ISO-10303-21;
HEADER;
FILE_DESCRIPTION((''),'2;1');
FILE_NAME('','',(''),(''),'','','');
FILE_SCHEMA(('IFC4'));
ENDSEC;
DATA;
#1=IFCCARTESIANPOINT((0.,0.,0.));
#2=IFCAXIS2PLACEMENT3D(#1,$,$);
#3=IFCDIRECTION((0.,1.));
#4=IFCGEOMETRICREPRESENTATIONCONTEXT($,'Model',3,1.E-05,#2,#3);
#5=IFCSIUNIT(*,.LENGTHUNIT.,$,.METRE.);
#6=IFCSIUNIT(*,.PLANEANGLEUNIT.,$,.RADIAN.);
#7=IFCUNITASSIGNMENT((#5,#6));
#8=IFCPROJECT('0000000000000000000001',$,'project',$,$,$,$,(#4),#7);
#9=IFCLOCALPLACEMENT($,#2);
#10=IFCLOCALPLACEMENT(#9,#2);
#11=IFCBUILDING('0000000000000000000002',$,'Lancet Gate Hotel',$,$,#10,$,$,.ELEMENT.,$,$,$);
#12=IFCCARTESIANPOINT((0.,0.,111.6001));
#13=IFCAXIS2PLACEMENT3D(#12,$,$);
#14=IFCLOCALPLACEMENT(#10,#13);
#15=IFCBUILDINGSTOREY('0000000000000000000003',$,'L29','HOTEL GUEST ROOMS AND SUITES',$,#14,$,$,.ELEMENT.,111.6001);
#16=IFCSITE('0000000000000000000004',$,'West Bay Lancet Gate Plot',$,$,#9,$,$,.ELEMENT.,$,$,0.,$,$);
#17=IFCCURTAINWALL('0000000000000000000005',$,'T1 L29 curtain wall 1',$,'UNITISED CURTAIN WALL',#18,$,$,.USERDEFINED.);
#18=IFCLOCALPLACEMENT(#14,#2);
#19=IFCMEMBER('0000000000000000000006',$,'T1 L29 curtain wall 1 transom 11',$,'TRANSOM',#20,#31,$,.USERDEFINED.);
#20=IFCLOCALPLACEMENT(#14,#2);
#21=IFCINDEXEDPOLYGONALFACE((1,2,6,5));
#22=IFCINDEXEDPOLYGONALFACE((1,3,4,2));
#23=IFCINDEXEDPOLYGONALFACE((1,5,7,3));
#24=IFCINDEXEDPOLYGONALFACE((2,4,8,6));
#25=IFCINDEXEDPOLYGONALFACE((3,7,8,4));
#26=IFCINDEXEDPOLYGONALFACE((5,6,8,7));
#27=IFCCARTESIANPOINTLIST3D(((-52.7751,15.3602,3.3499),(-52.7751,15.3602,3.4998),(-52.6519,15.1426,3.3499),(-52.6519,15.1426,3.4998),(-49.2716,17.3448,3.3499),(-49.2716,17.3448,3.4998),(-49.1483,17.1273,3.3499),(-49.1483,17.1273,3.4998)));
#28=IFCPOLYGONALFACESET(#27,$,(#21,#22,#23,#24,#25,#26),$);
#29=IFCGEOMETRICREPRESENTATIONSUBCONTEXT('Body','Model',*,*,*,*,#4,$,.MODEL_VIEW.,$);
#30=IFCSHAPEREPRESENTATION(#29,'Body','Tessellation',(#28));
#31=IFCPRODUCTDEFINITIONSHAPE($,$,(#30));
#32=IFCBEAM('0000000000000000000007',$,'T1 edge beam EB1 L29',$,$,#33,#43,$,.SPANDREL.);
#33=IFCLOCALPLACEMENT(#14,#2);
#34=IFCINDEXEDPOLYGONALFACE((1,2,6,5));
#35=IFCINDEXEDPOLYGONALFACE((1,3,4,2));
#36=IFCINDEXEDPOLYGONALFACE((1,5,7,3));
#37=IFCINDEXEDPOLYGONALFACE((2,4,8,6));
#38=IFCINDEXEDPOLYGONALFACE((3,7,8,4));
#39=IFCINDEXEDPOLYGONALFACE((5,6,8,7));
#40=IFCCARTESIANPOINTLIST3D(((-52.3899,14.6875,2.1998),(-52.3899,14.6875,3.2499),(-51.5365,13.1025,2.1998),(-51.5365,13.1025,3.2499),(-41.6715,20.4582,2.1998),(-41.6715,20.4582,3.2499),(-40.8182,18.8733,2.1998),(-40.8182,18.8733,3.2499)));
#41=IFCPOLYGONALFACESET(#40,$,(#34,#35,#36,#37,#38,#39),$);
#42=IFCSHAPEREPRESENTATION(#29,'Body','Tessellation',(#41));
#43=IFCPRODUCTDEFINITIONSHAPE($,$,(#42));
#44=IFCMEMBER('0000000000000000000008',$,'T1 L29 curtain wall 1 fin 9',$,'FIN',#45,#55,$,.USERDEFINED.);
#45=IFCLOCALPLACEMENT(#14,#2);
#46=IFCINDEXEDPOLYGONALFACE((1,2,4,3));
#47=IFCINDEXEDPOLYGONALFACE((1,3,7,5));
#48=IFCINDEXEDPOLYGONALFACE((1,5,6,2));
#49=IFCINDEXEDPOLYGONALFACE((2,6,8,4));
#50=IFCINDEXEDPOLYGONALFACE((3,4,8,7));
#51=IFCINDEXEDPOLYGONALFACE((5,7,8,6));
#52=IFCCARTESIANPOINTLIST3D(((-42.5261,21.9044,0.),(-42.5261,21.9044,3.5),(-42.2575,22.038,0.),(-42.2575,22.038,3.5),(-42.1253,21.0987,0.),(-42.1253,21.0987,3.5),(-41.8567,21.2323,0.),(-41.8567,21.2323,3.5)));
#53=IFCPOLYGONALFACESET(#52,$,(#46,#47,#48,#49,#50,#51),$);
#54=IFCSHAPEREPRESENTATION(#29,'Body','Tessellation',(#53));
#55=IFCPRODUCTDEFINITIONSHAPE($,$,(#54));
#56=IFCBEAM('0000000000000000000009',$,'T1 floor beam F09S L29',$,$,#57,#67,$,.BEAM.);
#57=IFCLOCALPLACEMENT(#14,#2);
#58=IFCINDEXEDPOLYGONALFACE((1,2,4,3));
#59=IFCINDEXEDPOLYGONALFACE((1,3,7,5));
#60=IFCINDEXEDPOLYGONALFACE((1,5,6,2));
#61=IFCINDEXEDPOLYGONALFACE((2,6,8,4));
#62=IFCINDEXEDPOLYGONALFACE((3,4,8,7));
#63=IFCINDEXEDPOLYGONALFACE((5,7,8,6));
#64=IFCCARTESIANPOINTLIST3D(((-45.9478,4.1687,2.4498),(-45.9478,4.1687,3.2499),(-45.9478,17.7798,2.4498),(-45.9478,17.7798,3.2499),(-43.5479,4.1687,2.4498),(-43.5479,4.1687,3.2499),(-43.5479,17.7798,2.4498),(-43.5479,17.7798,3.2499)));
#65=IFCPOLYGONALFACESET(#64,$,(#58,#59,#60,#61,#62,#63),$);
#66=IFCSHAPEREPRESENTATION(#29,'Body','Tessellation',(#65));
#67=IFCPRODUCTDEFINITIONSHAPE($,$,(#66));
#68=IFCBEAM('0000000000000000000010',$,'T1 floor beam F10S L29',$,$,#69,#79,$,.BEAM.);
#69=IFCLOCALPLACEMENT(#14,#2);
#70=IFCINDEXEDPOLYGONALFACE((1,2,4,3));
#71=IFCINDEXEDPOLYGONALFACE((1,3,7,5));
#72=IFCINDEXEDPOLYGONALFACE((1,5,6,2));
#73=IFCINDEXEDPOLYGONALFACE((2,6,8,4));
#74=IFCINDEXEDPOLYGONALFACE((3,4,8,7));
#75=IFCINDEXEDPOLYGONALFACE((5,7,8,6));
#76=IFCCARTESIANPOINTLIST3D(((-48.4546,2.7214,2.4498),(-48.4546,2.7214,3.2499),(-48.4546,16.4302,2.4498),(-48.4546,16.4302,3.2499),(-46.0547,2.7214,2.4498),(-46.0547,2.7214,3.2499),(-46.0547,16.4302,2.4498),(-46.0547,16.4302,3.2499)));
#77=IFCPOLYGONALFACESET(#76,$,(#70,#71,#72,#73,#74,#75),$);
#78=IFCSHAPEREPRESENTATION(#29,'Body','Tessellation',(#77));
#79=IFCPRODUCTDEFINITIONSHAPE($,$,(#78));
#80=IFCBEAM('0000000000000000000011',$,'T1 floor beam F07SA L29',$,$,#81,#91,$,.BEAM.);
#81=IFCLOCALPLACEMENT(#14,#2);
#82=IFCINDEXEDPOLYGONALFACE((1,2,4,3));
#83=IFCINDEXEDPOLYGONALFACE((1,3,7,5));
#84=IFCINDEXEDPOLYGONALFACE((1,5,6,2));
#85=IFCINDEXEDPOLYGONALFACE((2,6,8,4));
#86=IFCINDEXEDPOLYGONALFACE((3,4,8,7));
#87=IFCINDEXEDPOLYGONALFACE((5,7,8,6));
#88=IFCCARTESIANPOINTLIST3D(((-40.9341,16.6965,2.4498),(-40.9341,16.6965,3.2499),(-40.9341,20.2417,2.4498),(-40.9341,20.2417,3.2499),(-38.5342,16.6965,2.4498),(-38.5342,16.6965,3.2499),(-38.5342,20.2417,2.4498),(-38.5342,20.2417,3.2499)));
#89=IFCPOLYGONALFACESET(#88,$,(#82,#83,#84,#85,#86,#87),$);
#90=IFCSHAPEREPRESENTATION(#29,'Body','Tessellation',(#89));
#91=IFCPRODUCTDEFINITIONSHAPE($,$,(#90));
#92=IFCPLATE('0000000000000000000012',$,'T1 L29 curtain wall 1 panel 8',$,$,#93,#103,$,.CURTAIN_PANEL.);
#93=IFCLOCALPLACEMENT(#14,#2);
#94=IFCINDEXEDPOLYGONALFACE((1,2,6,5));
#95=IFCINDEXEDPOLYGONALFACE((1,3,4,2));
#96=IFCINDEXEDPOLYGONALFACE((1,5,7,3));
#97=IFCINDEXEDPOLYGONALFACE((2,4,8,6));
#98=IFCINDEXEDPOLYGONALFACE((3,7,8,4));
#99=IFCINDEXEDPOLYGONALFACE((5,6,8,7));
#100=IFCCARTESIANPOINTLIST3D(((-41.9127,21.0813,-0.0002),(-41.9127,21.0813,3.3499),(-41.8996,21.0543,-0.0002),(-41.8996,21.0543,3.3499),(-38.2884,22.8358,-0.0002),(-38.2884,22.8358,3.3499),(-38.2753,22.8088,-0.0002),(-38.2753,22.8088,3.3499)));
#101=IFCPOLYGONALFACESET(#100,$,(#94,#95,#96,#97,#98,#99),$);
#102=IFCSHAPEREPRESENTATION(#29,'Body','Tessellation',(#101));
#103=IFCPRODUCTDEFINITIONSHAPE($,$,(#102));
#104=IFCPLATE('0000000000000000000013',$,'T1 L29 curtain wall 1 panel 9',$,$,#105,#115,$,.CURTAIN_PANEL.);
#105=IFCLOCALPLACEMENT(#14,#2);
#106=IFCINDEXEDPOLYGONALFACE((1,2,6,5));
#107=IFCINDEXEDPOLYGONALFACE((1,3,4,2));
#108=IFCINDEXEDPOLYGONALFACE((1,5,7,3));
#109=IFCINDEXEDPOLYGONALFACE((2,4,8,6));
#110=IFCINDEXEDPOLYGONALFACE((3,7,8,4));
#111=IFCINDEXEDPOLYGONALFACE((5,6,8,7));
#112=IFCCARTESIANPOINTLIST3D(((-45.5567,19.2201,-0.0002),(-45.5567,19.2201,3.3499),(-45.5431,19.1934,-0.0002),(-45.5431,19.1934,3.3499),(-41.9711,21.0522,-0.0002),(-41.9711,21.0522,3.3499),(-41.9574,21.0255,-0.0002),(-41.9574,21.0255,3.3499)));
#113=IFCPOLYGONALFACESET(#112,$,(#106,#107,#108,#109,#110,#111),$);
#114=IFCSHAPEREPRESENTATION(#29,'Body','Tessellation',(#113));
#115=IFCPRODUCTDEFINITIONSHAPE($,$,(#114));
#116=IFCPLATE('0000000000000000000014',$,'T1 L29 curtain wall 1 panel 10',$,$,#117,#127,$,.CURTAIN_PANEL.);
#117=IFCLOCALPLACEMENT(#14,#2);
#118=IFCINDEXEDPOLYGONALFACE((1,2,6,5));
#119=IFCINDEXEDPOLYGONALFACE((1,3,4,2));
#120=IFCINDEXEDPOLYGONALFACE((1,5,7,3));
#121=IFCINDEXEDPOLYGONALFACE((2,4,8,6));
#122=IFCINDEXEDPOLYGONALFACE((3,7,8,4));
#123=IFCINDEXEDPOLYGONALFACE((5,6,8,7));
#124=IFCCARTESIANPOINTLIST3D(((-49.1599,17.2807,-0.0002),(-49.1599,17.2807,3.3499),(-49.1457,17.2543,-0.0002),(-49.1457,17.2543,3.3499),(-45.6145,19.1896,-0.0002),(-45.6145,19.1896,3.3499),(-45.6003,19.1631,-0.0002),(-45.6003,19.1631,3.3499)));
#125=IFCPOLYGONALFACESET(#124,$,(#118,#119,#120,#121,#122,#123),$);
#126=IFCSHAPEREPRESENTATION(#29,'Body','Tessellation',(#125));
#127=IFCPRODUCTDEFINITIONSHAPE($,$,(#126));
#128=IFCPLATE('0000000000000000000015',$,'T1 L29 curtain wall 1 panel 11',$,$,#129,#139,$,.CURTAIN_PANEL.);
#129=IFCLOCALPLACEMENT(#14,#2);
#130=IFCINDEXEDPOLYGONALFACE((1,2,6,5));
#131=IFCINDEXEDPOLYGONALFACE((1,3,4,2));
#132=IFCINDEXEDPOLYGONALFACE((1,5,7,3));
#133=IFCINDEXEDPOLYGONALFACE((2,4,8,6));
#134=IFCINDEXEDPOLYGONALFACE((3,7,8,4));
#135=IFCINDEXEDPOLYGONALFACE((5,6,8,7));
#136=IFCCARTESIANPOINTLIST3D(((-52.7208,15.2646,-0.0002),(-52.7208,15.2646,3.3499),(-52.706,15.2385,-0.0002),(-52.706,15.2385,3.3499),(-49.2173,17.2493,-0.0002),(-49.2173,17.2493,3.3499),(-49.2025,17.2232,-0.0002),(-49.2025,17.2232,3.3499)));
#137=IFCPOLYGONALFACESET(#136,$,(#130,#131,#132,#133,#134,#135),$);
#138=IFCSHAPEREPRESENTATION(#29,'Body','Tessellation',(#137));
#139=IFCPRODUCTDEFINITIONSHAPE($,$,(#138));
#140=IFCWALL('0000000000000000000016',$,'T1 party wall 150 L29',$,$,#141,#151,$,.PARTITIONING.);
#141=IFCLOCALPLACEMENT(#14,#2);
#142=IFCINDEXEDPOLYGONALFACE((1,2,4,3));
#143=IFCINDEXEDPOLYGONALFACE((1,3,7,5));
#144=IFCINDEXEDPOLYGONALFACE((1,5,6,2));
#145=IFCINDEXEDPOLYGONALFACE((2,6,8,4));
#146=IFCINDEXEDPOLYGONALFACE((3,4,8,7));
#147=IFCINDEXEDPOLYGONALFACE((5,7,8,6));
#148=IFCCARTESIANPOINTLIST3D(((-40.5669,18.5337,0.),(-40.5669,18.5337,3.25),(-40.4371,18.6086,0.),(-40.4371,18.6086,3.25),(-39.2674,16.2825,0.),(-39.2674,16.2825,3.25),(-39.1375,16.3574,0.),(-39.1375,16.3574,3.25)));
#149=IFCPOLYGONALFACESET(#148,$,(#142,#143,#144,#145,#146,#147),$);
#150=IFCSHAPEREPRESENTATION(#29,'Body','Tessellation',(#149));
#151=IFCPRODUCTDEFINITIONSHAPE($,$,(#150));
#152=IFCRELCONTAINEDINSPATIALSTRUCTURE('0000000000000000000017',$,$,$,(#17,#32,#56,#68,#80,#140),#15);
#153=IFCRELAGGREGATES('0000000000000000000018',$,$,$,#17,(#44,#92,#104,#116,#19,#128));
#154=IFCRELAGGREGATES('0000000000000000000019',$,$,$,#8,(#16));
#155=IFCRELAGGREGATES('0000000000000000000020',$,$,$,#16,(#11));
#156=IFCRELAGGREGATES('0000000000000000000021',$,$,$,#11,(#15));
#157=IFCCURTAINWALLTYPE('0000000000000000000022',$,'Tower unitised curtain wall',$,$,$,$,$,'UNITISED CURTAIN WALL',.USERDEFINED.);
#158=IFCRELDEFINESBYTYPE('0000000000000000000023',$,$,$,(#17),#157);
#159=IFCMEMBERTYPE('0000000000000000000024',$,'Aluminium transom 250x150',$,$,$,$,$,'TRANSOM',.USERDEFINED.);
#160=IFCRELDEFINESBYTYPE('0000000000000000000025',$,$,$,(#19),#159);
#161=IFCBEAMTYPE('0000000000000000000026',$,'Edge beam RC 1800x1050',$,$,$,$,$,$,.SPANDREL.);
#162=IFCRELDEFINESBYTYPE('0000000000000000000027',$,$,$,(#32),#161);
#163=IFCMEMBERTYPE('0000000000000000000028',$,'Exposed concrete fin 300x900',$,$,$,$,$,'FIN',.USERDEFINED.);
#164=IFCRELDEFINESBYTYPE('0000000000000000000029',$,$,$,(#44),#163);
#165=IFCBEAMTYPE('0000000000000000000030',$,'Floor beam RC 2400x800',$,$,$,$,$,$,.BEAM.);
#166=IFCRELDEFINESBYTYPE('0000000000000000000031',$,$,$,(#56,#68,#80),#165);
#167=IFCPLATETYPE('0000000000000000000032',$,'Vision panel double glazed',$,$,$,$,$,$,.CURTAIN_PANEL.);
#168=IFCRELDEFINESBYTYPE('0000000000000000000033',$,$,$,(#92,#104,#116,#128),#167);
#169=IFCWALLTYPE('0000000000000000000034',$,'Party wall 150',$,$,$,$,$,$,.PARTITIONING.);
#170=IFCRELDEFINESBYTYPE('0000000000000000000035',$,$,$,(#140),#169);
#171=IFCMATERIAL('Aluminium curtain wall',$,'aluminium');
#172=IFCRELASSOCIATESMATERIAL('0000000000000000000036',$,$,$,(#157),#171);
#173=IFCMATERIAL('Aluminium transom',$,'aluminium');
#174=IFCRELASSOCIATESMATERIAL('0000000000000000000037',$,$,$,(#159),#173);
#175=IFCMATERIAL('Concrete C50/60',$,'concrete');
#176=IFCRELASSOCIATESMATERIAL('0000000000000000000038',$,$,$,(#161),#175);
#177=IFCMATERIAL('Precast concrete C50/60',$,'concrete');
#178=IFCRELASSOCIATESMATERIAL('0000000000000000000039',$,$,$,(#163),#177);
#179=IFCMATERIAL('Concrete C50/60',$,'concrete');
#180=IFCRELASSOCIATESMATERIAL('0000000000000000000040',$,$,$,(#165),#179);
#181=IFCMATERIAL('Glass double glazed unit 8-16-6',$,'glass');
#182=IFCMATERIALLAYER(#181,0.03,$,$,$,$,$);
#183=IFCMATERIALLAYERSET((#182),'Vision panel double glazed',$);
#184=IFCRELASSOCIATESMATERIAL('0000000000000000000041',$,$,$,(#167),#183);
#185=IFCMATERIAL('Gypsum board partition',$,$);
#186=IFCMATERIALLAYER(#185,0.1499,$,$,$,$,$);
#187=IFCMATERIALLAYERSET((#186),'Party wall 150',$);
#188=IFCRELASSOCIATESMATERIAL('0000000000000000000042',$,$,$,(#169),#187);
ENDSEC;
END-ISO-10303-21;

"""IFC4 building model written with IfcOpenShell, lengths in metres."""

from ifc_helpers import new_model, si_unit, direction, frame, frame_2d, origin, origin_2d, place, context, subcontext, project, spatial, rectangle, extrude, material, layer, layer_set, material_profile, profile_set, type_object, element, aggregate, save


model = new_model("IFC4")

# Units and contexts
model_context = context("Model", 3, precision=1e-05, world=origin(), true_north=direction((0.0, 1.0)))
body_context = subcontext(model_context, "Body", "Model", "MODEL_VIEW")
ifc_project = project(units=[si_unit("LENGTHUNIT", "METRE"), si_unit("PLANEANGLEUNIT", "RADIAN")], contexts=[model_context])

# Site, building, storey
site_placement = place(None, origin())
site = spatial("IfcSite", under=ifc_project, at=site_placement, Name="West Bay Lancet Gate Plot", CompositionType="ELEMENT", RefElevation=0.0)
building_placement = place(site_placement, origin())
building = spatial("IfcBuilding", under=site, at=building_placement, Name="Lancet Gate Hotel", CompositionType="ELEMENT")
storey_placement = place(building_placement, frame((0.0, 0.0, 111.6001)))
storey = spatial("IfcBuildingStorey", under=building, at=storey_placement, Name="L29", Description="HOTEL GUEST ROOMS AND SUITES", CompositionType="ELEMENT", Elevation=111.6001)

# Curtain wall, member
ifc_material_1 = material(Name="Aluminium curtain wall", Category="aluminium")
curtain_wall_type = type_object("IfcCurtainWallType", Name="Tower unitised curtain wall", ElementType="UNITISED CURTAIN WALL", PredefinedType="USERDEFINED", material=ifc_material_1)
curtain_wall_placement = place(storey_placement, origin())
curtain_wall = element("IfcCurtainWall", 1, at=curtain_wall_placement, inside=storey, type_object=curtain_wall_type, Name="T1 L29 curtain wall 1", ObjectType="UNITISED CURTAIN WALL", PredefinedType="USERDEFINED")
ifc_material_2 = material(Name="Aluminium transom", Category="aluminium")
ifc_material_profile_1 = material_profile(ifc_material_2, rectangle(XDim=0.25, YDim=0.1499, at=origin_2d()), Name="TRANSOM 250x150")
ifc_profile_set_1 = profile_set([ifc_material_profile_1], Name="Aluminium transom")
member_type_1 = type_object("IfcMemberType", Name="Aluminium transom 250x150", ElementType="TRANSOM", PredefinedType="USERDEFINED", material=ifc_profile_set_1)
member_1_placement = place(storey_placement, frame((-49.21, 17.2361, 3.4248), z_axis=(-0.870092, -0.49289, 0.0), x_axis=(0.49289, -0.870092, 0.0)))
member_1 = element("IfcMember", 2, at=member_1_placement, type_object=member_type_1, Name="T1 L29 curtain wall 1 transom 11", ObjectType="TRANSOM", PredefinedType="USERDEFINED", context=body_context, shape_type="SweptSolid", body=[
    extrude(rectangle(XDim=0.25, YDim=0.1499, at=origin_2d()), origin(), (0.0, 0.0, 1.0), 4.0266),
])

# Beam
ifc_material_3 = material(Name="Concrete C50/60", Category="concrete")
ifc_material_profile_2 = material_profile(ifc_material_3, rectangle(XDim=1.8, YDim=1.05, at=origin_2d()), Name="RC 1800x1050")
ifc_profile_set_2 = profile_set([ifc_material_profile_2], Name="Concrete C50/60")
beam_type_1 = type_object("IfcBeamType", Name="Edge beam RC 1800x1050", PredefinedType="SPANDREL", material=ifc_profile_set_2)
beam_1_placement = place(storey_placement, frame((-41.2449, 19.6658, 2.7249), z_axis=(-0.880492, -0.47406, 0.0), x_axis=(0.47406, -0.880492, 0.0)))
element("IfcBeam", 3, at=beam_1_placement, inside=storey, type_object=beam_type_1, Name="T1 edge beam EB1 L29", PredefinedType="SPANDREL", context=body_context, shape_type="SweptSolid", body=[
    extrude(rectangle(XDim=1.8, YDim=1.05, at=origin_2d()), origin(), (0.0, 0.0, 1.0), 12.1731),
])

# Member
ifc_material_4 = material(Name="Precast concrete C50/60", Category="concrete")
ifc_material_profile_3 = material_profile(ifc_material_4, rectangle(XDim=0.3, YDim=0.8999, at=origin_2d()), Name="FIN 300x900")
ifc_profile_set_3 = profile_set([ifc_material_profile_3], Name="Precast concrete C50/60")
member_type_2 = type_object("IfcMemberType", Name="Exposed concrete fin 300x900", ElementType="FIN", PredefinedType="USERDEFINED", material=ifc_profile_set_3)
member_2_placement = place(storey_placement, frame((-42.1914, 21.5684, 0.0), z_axis=(0.0, 0.0, 1.0), x_axis=(-0.895339, -0.445384, 0.0)))
member_2 = element("IfcMember", 4, at=member_2_placement, type_object=member_type_2, Name="T1 L29 curtain wall 1 fin 9", ObjectType="FIN", PredefinedType="USERDEFINED", context=body_context, shape_type="SweptSolid", body=[
    extrude(rectangle(XDim=0.3, YDim=0.8999, at=origin_2d()), origin(), (0.0, 0.0, 1.0), 3.5),
])

# Beams
ifc_material_5 = material(Name="Concrete C50/60", Category="concrete")
ifc_material_profile_4 = material_profile(ifc_material_5, rectangle(XDim=2.3999, YDim=0.8, at=origin_2d()), Name="RC 2400x800")
ifc_profile_set_4 = profile_set([ifc_material_profile_4], Name="Concrete C50/60")
beam_type_2 = type_object("IfcBeamType", Name="Floor beam RC 2400x800", PredefinedType="BEAM", material=ifc_profile_set_4)
beam_2_placement = place(storey_placement, frame((-44.7478, 17.7798, 2.8499), z_axis=(0.0, -1.0, 0.0), x_axis=(1.0, 0.0, 0.0)))
element("IfcBeam", 5, at=beam_2_placement, inside=storey, type_object=beam_type_2, Name="T1 floor beam F09S L29", PredefinedType="BEAM", context=body_context, shape_type="SweptSolid", body=[
    extrude(rectangle(XDim=2.3999, YDim=0.8, at=origin_2d()), origin(), (0.0, 0.0, 1.0), 13.6111),
])
beam_3_placement = place(storey_placement, frame((-47.2546, 16.4302, 2.8499), z_axis=(0.0, -1.0, 0.0), x_axis=(1.0, 0.0, 0.0)))
element("IfcBeam", 6, at=beam_3_placement, inside=storey, type_object=beam_type_2, Name="T1 floor beam F10S L29", PredefinedType="BEAM", context=body_context, shape_type="SweptSolid", body=[
    extrude(rectangle(XDim=2.3999, YDim=0.8, at=origin_2d()), origin(), (0.0, 0.0, 1.0), 13.7087),
])
beam_4_placement = place(storey_placement, frame((-39.7341, 20.2417, 2.8499), z_axis=(0.0, -1.0, 0.0), x_axis=(1.0, 0.0, 0.0)))
element("IfcBeam", 7, at=beam_4_placement, inside=storey, type_object=beam_type_2, Name="T1 floor beam F07SA L29", PredefinedType="BEAM", context=body_context, shape_type="SweptSolid", body=[
    extrude(rectangle(XDim=2.3999, YDim=0.8, at=origin_2d()), origin(), (0.0, 0.0, 1.0), 3.5452),
])

# Plates
ifc_material_6 = material(Name="Glass double glazed unit 8-16-6", Category="glass")
ifc_layer_1 = layer(ifc_material_6, 0.03)
ifc_layer_set_1 = layer_set([ifc_layer_1], Name="Vision panel double glazed")
plate_type = type_object("IfcPlateType", Name="Vision panel double glazed", PredefinedType="CURTAIN_PANEL", material=ifc_layer_set_1)
plate_1_placement = place(storey_placement, frame((-40.094, 21.9451, -0.0002), z_axis=(0.0, 0.0, 1.0), x_axis=(-0.900082, -0.435721, 0.0)))
plate_1 = element("IfcPlate", 8, at=plate_1_placement, type_object=plate_type, Name="T1 L29 curtain wall 1 panel 8", PredefinedType="CURTAIN_PANEL", context=body_context, shape_type="SweptSolid", body=[
    extrude(rectangle(XDim=4.0266, YDim=0.03, at=origin_2d()), origin(), (0.0, 0.0, 1.0), 3.3501),
])
plate_2_placement = place(storey_placement, frame((-43.7571, 20.1228, -0.0002), z_axis=(0.0, 0.0, 1.0), x_axis=(-0.890493, -0.454996, 0.0)))
plate_2 = element("IfcPlate", 9, at=plate_2_placement, type_object=plate_type, Name="T1 L29 curtain wall 1 panel 9", PredefinedType="CURTAIN_PANEL", context=body_context, shape_type="SweptSolid", body=[
    extrude(rectangle(XDim=4.0266, YDim=0.03, at=origin_2d()), origin(), (0.0, 0.0, 1.0), 3.3501),
])
plate_3_placement = place(storey_placement, frame((-47.3801, 18.2219, -0.0002), z_axis=(0.0, 0.0, 1.0), x_axis=(-0.880493, -0.47406, 0.0)))
plate_3 = element("IfcPlate", 10, at=plate_3_placement, type_object=plate_type, Name="T1 L29 curtain wall 1 panel 10", PredefinedType="CURTAIN_PANEL", context=body_context, shape_type="SweptSolid", body=[
    extrude(rectangle(XDim=4.0266, YDim=0.03, at=origin_2d()), origin(), (0.0, 0.0, 1.0), 3.3501),
])
plate_4_placement = place(storey_placement, frame((-50.9617, 16.2439, -0.0002), z_axis=(0.0, 0.0, 1.0), x_axis=(-0.870084, -0.492904, 0.0)))
plate_4 = element("IfcPlate", 11, at=plate_4_placement, type_object=plate_type, Name="T1 L29 curtain wall 1 panel 11", PredefinedType="CURTAIN_PANEL", context=body_context, shape_type="SweptSolid", body=[
    extrude(rectangle(XDim=4.0266, YDim=0.03, at=origin_2d()), origin(), (0.0, 0.0, 1.0), 3.3501),
])
aggregate(curtain_wall, [member_2, plate_1, plate_2, plate_3, member_1, plate_4])

# Wall
ifc_material_7 = material(Name="Gypsum board partition")
ifc_layer_2 = layer(ifc_material_7, 0.1499)
ifc_layer_set_2 = layer_set([ifc_layer_2], Name="Party wall 150")
wall_type = type_object("IfcWallType", Name="Party wall 150", PredefinedType="PARTITIONING", material=ifc_layer_set_2)
wall_placement = place(storey_placement, frame((-39.2024, 16.3198, 0.0), z_axis=(0.0, 0.0, 1.0), x_axis=(-0.499947, 0.866056, 0.0)))
element("IfcWall", 12, at=wall_placement, inside=storey, type_object=wall_type, Name="T1 party wall 150 L29", PredefinedType="PARTITIONING", context=body_context, shape_type="SweptSolid", body=[
    extrude(rectangle(XDim=2.5994, YDim=0.1499, at=frame_2d((1.2998, 0.0))), origin(), (0.0, 0.0, 1.0), 3.25),
])

save(model, "model.ifc")
